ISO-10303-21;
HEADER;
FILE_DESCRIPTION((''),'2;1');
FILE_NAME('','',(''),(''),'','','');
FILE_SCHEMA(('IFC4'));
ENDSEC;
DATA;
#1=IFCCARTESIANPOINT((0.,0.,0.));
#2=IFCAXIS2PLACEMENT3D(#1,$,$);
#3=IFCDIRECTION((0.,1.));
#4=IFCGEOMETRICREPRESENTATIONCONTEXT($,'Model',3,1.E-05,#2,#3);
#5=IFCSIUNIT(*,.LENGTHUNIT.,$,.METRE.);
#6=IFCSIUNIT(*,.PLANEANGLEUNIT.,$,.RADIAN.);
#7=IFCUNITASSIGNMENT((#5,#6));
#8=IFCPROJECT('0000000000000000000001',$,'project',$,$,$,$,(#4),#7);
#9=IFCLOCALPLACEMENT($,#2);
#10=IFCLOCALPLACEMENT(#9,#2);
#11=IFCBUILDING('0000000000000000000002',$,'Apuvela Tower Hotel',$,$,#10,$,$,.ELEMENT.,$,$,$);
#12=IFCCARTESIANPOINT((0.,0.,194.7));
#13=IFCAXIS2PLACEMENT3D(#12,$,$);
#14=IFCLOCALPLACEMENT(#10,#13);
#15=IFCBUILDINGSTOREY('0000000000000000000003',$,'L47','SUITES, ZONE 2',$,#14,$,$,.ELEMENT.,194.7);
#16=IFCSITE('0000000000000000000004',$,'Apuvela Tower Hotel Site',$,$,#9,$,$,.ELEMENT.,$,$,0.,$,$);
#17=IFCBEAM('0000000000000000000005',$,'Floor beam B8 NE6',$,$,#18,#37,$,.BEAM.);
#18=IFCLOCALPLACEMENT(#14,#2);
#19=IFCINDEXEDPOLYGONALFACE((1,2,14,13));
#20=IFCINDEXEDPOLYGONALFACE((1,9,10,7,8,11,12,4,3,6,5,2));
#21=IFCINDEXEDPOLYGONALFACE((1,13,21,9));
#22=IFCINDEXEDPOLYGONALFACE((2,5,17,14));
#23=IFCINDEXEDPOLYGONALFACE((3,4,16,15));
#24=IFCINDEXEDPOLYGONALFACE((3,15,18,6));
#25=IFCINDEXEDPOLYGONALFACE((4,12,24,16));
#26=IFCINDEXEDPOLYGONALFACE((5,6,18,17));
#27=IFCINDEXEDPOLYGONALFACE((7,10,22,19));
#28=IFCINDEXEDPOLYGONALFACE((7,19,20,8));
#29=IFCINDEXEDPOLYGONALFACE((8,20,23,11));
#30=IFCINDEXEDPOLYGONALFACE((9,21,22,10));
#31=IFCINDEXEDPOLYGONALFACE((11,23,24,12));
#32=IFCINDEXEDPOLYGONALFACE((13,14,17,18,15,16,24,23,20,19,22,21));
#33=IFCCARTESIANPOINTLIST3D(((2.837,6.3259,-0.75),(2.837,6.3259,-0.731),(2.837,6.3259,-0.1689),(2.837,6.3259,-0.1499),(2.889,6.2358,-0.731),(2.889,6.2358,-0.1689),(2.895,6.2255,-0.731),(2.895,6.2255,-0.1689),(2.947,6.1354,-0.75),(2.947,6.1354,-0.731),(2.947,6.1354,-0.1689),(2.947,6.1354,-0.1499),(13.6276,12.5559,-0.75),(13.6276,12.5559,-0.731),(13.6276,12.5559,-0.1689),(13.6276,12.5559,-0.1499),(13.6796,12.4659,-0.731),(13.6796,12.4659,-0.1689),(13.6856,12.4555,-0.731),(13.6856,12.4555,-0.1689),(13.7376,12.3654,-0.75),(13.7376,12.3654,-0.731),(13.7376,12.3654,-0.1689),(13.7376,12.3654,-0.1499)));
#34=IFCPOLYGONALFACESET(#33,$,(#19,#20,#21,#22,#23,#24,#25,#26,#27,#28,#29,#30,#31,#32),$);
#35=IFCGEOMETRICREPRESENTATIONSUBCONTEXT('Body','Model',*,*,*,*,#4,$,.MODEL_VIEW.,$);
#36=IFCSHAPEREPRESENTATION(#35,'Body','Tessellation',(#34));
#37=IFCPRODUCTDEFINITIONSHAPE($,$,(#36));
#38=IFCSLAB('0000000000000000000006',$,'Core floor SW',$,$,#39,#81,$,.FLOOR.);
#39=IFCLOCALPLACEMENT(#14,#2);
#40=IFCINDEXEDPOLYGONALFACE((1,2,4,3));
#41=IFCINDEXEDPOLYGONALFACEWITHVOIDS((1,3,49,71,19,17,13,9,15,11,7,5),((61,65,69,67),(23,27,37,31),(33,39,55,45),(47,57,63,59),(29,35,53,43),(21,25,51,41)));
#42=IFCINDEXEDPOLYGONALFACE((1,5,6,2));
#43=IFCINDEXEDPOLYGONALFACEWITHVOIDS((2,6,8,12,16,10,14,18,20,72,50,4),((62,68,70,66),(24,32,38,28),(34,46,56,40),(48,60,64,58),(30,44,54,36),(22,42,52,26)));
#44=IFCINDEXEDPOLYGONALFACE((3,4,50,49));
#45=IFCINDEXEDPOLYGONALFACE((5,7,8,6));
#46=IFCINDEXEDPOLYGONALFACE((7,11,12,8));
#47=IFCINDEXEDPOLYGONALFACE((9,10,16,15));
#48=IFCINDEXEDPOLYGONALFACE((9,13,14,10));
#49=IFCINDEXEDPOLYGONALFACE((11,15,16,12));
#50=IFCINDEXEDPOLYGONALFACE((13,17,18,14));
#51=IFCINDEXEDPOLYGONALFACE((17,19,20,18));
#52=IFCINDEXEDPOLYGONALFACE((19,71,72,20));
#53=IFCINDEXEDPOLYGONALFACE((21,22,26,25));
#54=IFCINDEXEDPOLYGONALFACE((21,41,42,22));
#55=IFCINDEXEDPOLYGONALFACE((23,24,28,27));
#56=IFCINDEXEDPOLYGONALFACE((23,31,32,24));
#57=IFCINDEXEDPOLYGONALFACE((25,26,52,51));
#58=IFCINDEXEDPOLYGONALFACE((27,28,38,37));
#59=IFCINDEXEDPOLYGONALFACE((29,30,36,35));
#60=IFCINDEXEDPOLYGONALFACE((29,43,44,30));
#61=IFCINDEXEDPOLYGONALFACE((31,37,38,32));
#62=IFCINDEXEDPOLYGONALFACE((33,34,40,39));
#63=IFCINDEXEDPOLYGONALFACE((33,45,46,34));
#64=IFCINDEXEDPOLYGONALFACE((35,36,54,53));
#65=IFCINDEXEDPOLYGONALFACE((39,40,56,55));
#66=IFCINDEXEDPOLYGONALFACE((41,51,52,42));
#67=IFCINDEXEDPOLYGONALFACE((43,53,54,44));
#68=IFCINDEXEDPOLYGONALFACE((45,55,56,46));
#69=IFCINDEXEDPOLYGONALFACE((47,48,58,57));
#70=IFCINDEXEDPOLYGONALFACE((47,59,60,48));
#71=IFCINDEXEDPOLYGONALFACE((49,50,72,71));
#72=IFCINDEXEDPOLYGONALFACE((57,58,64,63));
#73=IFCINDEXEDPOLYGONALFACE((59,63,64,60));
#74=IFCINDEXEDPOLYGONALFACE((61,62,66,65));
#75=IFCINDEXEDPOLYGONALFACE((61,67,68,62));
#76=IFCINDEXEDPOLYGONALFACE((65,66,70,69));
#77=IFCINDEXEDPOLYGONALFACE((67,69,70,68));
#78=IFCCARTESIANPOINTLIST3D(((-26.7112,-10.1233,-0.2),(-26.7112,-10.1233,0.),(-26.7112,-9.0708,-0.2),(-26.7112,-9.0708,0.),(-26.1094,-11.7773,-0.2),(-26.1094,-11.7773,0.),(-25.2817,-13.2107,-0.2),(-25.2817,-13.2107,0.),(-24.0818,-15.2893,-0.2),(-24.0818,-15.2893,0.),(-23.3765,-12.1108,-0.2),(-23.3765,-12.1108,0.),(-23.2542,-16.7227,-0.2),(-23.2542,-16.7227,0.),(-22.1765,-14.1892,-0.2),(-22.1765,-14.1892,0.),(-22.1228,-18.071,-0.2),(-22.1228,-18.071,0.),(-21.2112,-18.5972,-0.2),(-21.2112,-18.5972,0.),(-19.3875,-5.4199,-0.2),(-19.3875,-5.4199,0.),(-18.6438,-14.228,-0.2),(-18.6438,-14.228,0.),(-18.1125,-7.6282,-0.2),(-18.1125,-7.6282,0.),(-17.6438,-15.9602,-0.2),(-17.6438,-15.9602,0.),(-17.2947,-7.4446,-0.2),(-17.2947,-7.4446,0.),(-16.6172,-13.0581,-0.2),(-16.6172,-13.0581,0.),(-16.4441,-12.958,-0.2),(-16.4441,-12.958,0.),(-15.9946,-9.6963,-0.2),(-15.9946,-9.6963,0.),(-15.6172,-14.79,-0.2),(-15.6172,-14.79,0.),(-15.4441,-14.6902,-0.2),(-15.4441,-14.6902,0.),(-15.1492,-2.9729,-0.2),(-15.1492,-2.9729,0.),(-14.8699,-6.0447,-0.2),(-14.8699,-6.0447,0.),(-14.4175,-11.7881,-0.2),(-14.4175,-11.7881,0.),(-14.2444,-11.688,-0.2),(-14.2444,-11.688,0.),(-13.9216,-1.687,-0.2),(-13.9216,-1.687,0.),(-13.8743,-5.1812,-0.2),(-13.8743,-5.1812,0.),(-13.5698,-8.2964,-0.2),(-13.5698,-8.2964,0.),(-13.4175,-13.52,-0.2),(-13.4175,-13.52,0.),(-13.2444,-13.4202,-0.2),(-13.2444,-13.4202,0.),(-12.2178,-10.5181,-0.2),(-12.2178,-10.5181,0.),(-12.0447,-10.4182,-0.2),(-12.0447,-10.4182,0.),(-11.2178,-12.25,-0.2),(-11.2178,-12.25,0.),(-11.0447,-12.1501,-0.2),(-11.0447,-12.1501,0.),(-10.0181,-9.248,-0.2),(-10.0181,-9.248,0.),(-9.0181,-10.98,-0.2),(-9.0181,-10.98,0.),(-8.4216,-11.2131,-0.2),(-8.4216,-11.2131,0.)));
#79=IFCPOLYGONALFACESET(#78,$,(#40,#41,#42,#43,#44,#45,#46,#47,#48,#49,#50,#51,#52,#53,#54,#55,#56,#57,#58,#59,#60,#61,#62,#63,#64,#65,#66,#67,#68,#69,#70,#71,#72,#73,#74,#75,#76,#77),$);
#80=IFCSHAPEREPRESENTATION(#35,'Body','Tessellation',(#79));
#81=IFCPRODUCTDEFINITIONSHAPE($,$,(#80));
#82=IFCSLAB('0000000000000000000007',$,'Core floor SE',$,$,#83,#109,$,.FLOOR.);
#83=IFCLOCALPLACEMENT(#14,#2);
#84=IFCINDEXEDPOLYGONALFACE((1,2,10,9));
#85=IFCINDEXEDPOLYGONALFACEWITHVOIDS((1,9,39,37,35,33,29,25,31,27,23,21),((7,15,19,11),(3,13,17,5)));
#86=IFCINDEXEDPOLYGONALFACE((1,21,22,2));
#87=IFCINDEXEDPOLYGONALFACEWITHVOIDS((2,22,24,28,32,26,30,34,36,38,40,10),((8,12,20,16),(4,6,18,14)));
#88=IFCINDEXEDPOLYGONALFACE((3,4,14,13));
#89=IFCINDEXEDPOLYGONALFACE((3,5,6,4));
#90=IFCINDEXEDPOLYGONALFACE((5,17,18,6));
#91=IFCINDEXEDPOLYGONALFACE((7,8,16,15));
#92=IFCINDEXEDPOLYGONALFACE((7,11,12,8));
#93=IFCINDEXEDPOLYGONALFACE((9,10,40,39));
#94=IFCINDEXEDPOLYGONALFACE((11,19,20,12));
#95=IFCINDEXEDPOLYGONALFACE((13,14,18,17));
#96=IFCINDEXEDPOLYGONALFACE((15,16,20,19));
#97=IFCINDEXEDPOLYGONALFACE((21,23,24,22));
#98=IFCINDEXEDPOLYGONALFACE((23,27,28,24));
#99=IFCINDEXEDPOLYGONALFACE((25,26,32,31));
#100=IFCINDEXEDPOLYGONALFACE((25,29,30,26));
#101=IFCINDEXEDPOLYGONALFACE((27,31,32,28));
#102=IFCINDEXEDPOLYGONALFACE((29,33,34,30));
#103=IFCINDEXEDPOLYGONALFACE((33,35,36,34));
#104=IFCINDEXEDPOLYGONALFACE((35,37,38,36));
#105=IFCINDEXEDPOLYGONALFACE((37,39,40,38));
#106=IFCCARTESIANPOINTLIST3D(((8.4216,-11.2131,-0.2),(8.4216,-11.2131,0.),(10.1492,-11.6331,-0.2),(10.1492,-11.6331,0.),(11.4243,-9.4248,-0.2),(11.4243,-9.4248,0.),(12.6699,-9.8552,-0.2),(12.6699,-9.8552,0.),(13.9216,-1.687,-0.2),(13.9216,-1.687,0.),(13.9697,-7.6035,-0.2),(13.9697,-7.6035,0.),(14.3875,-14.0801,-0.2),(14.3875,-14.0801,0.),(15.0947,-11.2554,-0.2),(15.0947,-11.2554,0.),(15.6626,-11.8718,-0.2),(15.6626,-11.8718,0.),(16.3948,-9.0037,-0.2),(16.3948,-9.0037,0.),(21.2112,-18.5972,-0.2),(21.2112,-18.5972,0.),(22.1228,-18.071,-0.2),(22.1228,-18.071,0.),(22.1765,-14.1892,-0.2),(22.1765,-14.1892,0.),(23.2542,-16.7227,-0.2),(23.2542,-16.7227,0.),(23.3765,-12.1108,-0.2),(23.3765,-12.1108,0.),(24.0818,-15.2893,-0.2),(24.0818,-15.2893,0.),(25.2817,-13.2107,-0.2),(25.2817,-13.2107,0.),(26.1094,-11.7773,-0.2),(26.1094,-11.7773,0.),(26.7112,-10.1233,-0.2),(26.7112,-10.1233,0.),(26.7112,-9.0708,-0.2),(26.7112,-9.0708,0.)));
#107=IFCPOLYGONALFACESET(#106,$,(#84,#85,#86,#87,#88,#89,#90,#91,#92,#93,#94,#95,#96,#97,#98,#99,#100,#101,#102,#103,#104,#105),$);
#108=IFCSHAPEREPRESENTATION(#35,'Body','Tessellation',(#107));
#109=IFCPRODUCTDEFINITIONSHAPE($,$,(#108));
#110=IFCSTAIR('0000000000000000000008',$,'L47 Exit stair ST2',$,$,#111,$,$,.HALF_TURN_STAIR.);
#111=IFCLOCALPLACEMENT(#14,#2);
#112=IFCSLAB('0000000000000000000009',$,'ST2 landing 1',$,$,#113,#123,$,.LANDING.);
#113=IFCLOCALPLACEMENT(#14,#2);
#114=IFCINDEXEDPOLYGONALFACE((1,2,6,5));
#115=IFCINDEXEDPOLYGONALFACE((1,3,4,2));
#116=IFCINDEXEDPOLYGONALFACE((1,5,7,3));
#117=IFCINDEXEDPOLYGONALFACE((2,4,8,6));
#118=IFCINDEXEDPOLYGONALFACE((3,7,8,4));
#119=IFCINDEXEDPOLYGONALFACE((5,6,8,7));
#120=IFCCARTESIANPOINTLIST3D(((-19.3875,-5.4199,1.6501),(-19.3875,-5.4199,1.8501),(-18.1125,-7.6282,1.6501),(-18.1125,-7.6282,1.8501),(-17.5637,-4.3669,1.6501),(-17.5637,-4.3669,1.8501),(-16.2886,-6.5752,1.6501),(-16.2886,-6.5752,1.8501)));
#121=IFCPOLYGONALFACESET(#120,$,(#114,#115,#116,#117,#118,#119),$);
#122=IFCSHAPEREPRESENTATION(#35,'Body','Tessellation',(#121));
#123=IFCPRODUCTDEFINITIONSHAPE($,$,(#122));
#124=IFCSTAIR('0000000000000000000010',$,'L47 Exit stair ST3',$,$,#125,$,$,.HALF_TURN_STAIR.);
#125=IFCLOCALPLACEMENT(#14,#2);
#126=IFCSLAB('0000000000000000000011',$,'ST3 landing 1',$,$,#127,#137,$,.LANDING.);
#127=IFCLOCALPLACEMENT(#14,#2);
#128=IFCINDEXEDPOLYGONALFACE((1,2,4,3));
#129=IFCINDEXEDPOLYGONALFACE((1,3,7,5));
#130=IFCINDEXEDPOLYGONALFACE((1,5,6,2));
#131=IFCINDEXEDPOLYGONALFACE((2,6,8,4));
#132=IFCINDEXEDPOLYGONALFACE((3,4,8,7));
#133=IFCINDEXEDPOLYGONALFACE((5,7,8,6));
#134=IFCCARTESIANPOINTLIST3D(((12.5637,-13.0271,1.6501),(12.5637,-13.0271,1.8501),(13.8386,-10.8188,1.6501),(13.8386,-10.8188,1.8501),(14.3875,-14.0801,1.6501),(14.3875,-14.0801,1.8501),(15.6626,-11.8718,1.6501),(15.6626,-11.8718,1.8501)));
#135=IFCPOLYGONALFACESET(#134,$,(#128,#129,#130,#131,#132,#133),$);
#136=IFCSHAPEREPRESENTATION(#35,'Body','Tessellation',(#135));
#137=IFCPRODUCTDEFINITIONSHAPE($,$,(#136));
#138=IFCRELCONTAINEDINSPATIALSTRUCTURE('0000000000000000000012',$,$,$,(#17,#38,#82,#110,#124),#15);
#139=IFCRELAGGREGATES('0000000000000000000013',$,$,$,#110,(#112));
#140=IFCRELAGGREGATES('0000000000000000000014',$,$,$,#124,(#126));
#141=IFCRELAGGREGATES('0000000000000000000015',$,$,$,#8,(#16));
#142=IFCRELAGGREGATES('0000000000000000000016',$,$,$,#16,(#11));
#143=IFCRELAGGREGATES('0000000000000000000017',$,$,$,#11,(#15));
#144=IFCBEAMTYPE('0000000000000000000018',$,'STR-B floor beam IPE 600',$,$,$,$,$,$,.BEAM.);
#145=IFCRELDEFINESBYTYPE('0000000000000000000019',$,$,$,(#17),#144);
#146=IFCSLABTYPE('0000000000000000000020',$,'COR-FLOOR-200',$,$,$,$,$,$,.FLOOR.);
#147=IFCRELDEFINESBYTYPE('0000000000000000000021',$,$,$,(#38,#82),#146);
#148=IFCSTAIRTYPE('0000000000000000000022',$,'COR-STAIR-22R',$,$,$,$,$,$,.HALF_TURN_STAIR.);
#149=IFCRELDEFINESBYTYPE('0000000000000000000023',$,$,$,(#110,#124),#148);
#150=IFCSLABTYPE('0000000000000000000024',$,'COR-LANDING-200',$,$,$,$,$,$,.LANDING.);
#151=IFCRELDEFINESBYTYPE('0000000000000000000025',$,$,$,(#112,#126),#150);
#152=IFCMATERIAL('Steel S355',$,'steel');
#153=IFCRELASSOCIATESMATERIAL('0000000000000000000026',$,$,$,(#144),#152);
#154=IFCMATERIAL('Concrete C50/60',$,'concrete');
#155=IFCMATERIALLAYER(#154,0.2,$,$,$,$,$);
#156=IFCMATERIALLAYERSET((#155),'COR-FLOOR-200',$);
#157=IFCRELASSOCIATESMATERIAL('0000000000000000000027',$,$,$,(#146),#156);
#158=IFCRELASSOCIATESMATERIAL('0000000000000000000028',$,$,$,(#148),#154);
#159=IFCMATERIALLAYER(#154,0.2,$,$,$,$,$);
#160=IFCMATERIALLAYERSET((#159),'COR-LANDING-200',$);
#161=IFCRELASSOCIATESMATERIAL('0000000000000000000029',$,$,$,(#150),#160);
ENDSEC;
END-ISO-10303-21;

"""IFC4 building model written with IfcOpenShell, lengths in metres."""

from ifc_helpers import new_model, si_unit, direction, frame, origin, origin_2d, place, context, subcontext, project, spatial, polyline, i_section, outline, extrude, material, layer, layer_set, material_profile, profile_set, type_object, element, aggregate, save


model = new_model("IFC4")

# Units and contexts
model_context = context("Model", 3, precision=1e-05, world=origin(), true_north=direction((0.0, 1.0)))
body_context = subcontext(model_context, "Body", "Model", "MODEL_VIEW")
ifc_project = project(units=[si_unit("LENGTHUNIT", "METRE"), si_unit("PLANEANGLEUNIT", "RADIAN")], contexts=[model_context])

# Site, building, storey
site_placement = place(None, origin())
site = spatial("IfcSite", under=ifc_project, at=site_placement, Name="Apuvela Tower Hotel Site", CompositionType="ELEMENT", RefElevation=0.0)
building_placement = place(site_placement, origin())
building = spatial("IfcBuilding", under=site, at=building_placement, Name="Apuvela Tower Hotel", CompositionType="ELEMENT")
storey_placement = place(building_placement, frame((0.0, 0.0, 194.7)))
storey = spatial("IfcBuildingStorey", under=building, at=storey_placement, Name="L47", Description="SUITES, ZONE 2", CompositionType="ELEMENT", Elevation=194.7)

# Beam
ifc_material_1 = material(Name="Steel S355", Category="steel")
ifc_material_profile = material_profile(ifc_material_1, i_section(OverallWidth=0.22, OverallDepth=0.6001, WebThickness=0.012, FlangeThickness=0.019, at=origin_2d()), Name="IPE 600")
ifc_profile_set = profile_set([ifc_material_profile], Name="Steel S355")
beam_type = type_object("IfcBeamType", Name="STR-B floor beam IPE 600", PredefinedType="BEAM", material=ifc_profile_set)
beam_placement = place(storey_placement, frame((13.6826, 12.4607, -0.45), z_axis=(-0.866023, -0.500004, 0.0), x_axis=(0.500004, -0.866023, 0.0)))
element("IfcBeam", 1, at=beam_placement, inside=storey, type_object=beam_type, Name="Floor beam B8 NE6", PredefinedType="BEAM", context=body_context, shape_type="SweptSolid", body=[
    extrude(i_section(OverallWidth=0.22, OverallDepth=0.6001, WebThickness=0.012, FlangeThickness=0.019, at=origin_2d()), origin(), (0.0, 0.0, 1.0), 12.46),
])

# Slabs
ifc_material_2 = material(Name="Concrete C50/60", Category="concrete")
ifc_layer_1 = layer(ifc_material_2, 0.2)
ifc_layer_set_1 = layer_set([ifc_layer_1], Name="COR-FLOOR-200")
slab_type_1 = type_object("IfcSlabType", Name="COR-FLOOR-200", PredefinedType="FLOOR", material=ifc_layer_set_1)
slab_1_placement = place(storey_placement, frame((0.0, 0.0, -0.2)))
element("IfcSlab", 2, at=slab_1_placement, inside=storey, type_object=slab_type_1, Name="Core floor SW", PredefinedType="FLOOR", context=body_context, shape_type="SweptSolid", body=[
    extrude(outline(polyline([(-26.7112, -9.0708), (-26.7112, -10.1233), (-26.1094, -11.7773), (-25.2817, -13.2107), (-23.3765, -12.1108), (-22.1765, -14.1892), (-24.0818, -15.2893), (-23.2542, -16.7227), (-22.1228, -18.071), (-21.2112, -18.5972), (-8.4216, -11.2131), (-13.9216, -1.687), (-26.7112, -9.0708)]), holes=[polyline([(-10.0181, -9.248), (-9.0181, -10.98), (-11.0447, -12.1501), (-12.0447, -10.4182), (-10.0181, -9.248)]), polyline([(-14.2444, -11.688), (-12.2178, -10.5181), (-11.2178, -12.25), (-13.2444, -13.4202), (-14.2444, -11.688)]), polyline([(-19.3875, -5.4199), (-15.1492, -2.9729), (-13.8743, -5.1812), (-18.1125, -7.6282), (-19.3875, -5.4199)]), polyline([(-14.8699, -6.0447), (-13.5698, -8.2964), (-15.9946, -9.6963), (-17.2947, -7.4446), (-14.8699, -6.0447)]), polyline([(-16.4441, -12.958), (-14.4175, -11.7881), (-13.4175, -13.52), (-15.4441, -14.6902), (-16.4441, -12.958)]), polyline([(-18.6438, -14.228), (-16.6172, -13.0581), (-15.6172, -14.79), (-17.6438, -15.9602), (-18.6438, -14.228)])]), origin(), (0.0, 0.0, 1.0), 0.2),
])
slab_2_placement = place(storey_placement, frame((0.0, 0.0, -0.2)))
element("IfcSlab", 3, at=slab_2_placement, inside=storey, type_object=slab_type_1, Name="Core floor SE", PredefinedType="FLOOR", context=body_context, shape_type="SweptSolid", body=[
    extrude(outline(polyline([(21.2112, -18.5972), (22.1228, -18.071), (23.2542, -16.7227), (24.0818, -15.2893), (22.1765, -14.1892), (23.3765, -12.1108), (25.2817, -13.2107), (26.1094, -11.7773), (26.7112, -10.1233), (26.7112, -9.0708), (13.9216, -1.687), (8.4216, -11.2131), (21.2112, -18.5972)]), holes=[polyline([(11.4243, -9.4248), (15.6626, -11.8718), (14.3875, -14.0801), (10.1492, -11.6331), (11.4243, -9.4248)]), polyline([(13.9697, -7.6035), (16.3948, -9.0037), (15.0947, -11.2554), (12.6699, -9.8552), (13.9697, -7.6035)])]), origin(), (0.0, 0.0, 1.0), 0.2),
])

# Stairs, slabs
stair_type = type_object("IfcStairType", Name="COR-STAIR-22R", PredefinedType="HALF_TURN_STAIR", material=ifc_material_2)
stair_1_placement = place(storey_placement, origin())
stair_1 = element("IfcStair", 4, at=stair_1_placement, inside=storey, type_object=stair_type, Name="L47 Exit stair ST2", PredefinedType="HALF_TURN_STAIR")
ifc_layer_2 = layer(ifc_material_2, 0.2)
ifc_layer_set_2 = layer_set([ifc_layer_2], Name="COR-LANDING-200")
slab_type_2 = type_object("IfcSlabType", Name="COR-LANDING-200", PredefinedType="LANDING", material=ifc_layer_set_2)
slab_3_placement = place(storey_placement, frame((0.0, 0.0, 1.6501)))
slab_3 = element("IfcSlab", 5, at=slab_3_placement, type_object=slab_type_2, Name="ST2 landing 1", PredefinedType="LANDING", context=body_context, shape_type="SweptSolid", body=[
    extrude(outline(polyline([(-17.5637, -4.3669), (-19.3875, -5.4199), (-18.1125, -7.6282), (-16.2886, -6.5752), (-17.5637, -4.3669)])), origin(), (0.0, 0.0, 1.0), 0.2),
])
aggregate(stair_1, [slab_3])
stair_2_placement = place(storey_placement, origin())
stair_2 = element("IfcStair", 6, at=stair_2_placement, inside=storey, type_object=stair_type, Name="L47 Exit stair ST3", PredefinedType="HALF_TURN_STAIR")
slab_4_placement = place(storey_placement, frame((0.0, 0.0, 1.6501)))
slab_4 = element("IfcSlab", 7, at=slab_4_placement, type_object=slab_type_2, Name="ST3 landing 1", PredefinedType="LANDING", context=body_context, shape_type="SweptSolid", body=[
    extrude(outline(polyline([(12.5637, -13.0271), (14.3875, -14.0801), (15.6626, -11.8718), (13.8386, -10.8188), (12.5637, -13.0271)])), origin(), (0.0, 0.0, 1.0), 0.2),
])
aggregate(stair_2, [slab_4])

save(model, "model.ifc")
